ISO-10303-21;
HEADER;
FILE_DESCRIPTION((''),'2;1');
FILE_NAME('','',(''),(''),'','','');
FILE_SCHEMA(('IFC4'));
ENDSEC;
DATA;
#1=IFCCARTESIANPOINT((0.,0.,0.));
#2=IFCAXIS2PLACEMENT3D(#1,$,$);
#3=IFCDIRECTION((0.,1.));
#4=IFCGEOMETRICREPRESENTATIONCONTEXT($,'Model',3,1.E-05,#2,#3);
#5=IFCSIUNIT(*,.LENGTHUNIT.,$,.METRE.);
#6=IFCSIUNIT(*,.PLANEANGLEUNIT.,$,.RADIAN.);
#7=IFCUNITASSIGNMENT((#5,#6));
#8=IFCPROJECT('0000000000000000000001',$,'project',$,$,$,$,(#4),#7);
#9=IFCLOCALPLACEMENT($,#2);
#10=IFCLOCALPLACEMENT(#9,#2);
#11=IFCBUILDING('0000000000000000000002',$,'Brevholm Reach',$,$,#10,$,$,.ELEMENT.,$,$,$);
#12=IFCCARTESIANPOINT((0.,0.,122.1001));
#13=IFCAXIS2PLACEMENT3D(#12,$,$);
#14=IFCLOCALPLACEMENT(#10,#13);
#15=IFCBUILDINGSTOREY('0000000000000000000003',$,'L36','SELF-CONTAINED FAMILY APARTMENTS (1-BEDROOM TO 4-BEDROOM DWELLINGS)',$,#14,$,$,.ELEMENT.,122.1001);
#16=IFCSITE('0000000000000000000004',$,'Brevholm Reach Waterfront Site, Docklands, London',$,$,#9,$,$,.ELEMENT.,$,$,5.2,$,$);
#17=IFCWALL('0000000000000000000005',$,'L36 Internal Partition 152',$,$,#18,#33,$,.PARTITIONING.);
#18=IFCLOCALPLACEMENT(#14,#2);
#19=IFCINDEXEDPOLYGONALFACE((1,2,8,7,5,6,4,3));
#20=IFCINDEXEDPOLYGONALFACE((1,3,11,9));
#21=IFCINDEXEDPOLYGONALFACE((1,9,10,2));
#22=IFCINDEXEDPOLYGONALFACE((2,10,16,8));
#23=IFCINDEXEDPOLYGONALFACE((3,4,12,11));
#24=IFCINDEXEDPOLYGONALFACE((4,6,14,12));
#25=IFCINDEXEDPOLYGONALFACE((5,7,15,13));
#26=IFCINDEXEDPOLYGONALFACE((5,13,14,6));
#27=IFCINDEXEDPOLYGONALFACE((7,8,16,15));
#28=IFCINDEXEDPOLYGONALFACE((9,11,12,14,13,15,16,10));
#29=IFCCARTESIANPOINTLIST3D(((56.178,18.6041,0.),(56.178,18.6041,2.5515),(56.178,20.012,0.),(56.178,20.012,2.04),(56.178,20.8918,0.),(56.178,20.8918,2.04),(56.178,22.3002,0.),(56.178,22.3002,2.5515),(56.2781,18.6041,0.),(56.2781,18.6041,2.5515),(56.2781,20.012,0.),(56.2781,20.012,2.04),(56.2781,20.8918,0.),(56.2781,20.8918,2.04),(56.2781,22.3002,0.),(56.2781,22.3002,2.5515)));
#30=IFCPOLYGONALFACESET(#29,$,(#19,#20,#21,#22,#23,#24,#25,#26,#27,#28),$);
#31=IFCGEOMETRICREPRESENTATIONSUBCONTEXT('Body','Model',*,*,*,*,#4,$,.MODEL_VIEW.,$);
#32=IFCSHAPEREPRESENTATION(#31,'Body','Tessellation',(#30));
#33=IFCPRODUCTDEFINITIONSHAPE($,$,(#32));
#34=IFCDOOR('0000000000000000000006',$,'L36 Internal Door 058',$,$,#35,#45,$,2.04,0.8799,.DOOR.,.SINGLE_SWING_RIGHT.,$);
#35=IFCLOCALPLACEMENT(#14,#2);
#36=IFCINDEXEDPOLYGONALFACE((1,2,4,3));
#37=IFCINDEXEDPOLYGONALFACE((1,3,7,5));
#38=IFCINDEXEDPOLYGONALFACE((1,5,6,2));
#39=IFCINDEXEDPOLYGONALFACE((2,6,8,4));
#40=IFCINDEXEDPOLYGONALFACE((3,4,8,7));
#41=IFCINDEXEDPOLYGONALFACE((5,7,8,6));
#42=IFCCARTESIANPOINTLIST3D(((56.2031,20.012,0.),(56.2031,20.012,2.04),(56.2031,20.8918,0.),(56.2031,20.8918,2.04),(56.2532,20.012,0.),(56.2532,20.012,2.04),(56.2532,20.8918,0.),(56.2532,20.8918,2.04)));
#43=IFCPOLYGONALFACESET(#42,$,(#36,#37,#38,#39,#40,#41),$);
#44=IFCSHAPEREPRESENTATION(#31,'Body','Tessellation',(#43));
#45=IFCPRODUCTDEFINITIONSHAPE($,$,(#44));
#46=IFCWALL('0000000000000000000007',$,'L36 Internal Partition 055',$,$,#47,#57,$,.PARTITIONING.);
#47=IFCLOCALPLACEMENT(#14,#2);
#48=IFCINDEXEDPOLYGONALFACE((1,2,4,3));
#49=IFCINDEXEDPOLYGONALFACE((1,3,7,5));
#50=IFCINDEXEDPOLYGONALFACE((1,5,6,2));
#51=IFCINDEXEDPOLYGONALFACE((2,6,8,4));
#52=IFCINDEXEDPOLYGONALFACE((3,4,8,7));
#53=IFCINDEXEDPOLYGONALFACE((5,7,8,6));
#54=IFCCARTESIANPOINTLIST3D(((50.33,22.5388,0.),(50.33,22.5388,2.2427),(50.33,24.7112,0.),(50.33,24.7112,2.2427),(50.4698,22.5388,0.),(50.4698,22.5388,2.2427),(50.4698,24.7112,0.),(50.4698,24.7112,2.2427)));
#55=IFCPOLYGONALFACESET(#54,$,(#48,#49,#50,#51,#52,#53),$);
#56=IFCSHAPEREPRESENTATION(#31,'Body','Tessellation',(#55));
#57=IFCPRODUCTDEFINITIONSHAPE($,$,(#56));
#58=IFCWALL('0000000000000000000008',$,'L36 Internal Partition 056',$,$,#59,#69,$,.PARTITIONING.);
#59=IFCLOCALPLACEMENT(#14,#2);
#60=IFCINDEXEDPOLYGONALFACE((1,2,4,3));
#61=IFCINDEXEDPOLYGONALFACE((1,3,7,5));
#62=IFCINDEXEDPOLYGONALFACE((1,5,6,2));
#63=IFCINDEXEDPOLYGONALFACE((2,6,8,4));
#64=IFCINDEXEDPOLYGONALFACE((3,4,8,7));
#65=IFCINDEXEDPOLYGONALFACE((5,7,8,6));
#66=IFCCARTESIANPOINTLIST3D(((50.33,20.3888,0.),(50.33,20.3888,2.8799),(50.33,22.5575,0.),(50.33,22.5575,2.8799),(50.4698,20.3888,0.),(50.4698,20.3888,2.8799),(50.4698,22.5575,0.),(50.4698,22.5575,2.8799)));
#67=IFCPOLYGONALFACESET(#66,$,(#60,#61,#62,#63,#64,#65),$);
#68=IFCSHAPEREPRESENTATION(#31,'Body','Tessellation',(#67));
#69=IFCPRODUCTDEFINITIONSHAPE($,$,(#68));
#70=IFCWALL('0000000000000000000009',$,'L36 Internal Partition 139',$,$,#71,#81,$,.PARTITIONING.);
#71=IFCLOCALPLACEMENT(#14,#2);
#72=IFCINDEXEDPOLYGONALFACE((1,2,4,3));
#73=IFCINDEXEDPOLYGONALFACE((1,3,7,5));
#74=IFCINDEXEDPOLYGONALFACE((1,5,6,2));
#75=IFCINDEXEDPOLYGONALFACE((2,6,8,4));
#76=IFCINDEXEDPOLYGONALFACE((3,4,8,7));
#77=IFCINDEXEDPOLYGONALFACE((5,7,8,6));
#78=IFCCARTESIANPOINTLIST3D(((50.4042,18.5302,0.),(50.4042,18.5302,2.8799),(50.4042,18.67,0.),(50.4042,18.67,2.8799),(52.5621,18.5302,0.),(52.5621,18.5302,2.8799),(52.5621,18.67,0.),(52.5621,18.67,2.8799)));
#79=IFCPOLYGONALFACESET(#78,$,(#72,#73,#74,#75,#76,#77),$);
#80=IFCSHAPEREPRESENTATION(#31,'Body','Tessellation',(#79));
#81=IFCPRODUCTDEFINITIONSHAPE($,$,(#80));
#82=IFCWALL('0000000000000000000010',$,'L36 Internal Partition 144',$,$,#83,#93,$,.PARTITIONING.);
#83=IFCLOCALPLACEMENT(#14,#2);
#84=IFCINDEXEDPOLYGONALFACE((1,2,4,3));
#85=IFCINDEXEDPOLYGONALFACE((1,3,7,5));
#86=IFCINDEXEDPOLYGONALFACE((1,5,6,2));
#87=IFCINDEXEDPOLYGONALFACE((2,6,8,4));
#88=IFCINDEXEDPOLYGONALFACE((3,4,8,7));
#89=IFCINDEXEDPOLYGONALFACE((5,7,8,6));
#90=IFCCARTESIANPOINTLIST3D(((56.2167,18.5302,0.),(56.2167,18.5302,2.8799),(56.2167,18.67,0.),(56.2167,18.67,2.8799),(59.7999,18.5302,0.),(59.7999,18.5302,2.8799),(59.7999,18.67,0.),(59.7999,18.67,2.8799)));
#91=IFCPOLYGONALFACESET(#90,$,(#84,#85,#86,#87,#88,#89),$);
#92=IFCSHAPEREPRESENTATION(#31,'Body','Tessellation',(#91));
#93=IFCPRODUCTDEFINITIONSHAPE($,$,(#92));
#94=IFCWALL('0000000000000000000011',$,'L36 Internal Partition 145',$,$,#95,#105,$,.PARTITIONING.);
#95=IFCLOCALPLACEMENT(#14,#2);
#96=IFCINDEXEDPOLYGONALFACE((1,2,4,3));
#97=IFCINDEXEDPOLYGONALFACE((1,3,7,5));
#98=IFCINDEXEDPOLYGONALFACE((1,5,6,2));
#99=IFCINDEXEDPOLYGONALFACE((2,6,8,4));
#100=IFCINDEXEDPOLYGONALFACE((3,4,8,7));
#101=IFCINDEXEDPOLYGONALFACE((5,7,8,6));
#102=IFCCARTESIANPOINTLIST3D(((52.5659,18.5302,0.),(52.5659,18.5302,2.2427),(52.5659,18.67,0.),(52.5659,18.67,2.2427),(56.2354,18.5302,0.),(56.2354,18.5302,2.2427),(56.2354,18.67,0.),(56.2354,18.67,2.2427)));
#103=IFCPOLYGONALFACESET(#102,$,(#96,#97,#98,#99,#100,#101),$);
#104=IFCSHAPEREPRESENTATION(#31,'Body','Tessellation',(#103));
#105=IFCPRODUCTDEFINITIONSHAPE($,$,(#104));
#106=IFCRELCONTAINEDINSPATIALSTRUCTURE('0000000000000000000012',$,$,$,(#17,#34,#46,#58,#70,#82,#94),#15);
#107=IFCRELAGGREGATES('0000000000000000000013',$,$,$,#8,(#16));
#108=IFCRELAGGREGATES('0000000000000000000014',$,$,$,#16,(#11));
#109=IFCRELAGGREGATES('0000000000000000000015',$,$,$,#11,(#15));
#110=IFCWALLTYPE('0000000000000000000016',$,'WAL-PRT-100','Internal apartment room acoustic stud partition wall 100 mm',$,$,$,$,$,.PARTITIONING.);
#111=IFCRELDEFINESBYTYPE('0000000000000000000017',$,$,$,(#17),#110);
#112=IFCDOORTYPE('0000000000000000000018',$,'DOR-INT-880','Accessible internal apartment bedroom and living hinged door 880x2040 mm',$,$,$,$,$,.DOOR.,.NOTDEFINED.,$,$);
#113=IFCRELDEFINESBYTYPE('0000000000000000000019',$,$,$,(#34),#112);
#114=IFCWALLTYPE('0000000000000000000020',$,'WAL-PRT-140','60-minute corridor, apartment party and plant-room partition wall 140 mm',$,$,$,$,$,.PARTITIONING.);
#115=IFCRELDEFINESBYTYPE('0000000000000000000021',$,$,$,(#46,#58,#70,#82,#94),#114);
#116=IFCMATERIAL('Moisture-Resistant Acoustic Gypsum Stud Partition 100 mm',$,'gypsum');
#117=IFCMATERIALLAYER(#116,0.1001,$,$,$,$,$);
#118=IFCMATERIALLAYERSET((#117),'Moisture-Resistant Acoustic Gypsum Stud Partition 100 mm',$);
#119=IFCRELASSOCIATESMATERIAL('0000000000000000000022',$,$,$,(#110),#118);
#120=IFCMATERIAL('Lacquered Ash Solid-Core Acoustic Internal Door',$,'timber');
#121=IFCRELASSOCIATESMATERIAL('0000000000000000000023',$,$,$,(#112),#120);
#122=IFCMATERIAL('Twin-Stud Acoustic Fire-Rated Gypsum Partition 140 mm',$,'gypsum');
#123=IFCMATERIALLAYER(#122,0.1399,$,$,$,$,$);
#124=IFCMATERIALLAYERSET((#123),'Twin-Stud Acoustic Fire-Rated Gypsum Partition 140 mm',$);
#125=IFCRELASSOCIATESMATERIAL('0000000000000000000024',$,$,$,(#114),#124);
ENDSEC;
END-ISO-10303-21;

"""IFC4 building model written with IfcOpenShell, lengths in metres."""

from ifc_helpers import new_model, si_unit, direction, frame, frame_2d, origin, place, context, subcontext, project, spatial, rectangle, extrude, material, layer, layer_set, type_object, element, fill, save


model = new_model("IFC4")

# Units and contexts
model_context = context("Model", 3, precision=1e-05, world=origin(), true_north=direction((0.0, 1.0)))
body_context = subcontext(model_context, "Body", "Model", "MODEL_VIEW")
ifc_project = project(units=[si_unit("LENGTHUNIT", "METRE"), si_unit("PLANEANGLEUNIT", "RADIAN")], contexts=[model_context])

# Site, building, storey
site_placement = place(None, origin())
site = spatial("IfcSite", under=ifc_project, at=site_placement, Name="Brevholm Reach Waterfront Site, Docklands, London", CompositionType="ELEMENT", RefElevation=5.2)
building_placement = place(site_placement, origin())
building = spatial("IfcBuilding", under=site, at=building_placement, Name="Brevholm Reach", CompositionType="ELEMENT")
storey_placement = place(building_placement, frame((0.0, 0.0, 122.1001)))
storey = spatial("IfcBuildingStorey", under=building, at=storey_placement, Name="L36", Description="SELF-CONTAINED FAMILY APARTMENTS (1-BEDROOM TO 4-BEDROOM DWELLINGS)", CompositionType="ELEMENT", Elevation=122.1001)

# Shared definitions
ifc_material_1 = material(Name="Moisture-Resistant Acoustic Gypsum Stud Partition 100 mm", Category="gypsum")
ifc_layer_1 = layer(ifc_material_1, 0.1001)
ifc_layer_set_1 = layer_set([ifc_layer_1], Name="Moisture-Resistant Acoustic Gypsum Stud Partition 100 mm")
wall_type_1 = type_object("IfcWallType", Name="WAL-PRT-100", Description="Internal apartment room acoustic stud partition wall 100 mm", PredefinedType="PARTITIONING", material=ifc_layer_set_1)

# Shared definitions
ifc_material_2 = material(Name="Lacquered Ash Solid-Core Acoustic Internal Door", Category="timber")
door_type_1 = type_object("IfcDoorType", Name="DOR-INT-880", Description="Accessible internal apartment bedroom and living hinged door 880x2040 mm", OperationType="NOTDEFINED", PredefinedType="DOOR", material=ifc_material_2)

# Wall, opening, door
wall_1_placement = place(storey_placement, frame((56.228, 18.604, 0.0), z_axis=(0.0, 0.0, 1.0), x_axis=(0.0, 1.0, 0.0)))
wall_1 = element("IfcWall", 1, at=wall_1_placement, inside=storey, type_object=wall_type_1, Name="L36 Internal Partition 152", PredefinedType="PARTITIONING", context=body_context, shape_type="SweptSolid", body=[
    extrude(rectangle(XDim=3.696, YDim=0.1001, at=frame_2d((1.8481, 0.0))), origin(), (0.0, 0.0, 1.0), 2.5515),
])
opening_1_placement = place(wall_1_placement, frame((1.408, 0.0, 0.0)))
opening_1 = element("IfcOpeningElement", 2, at=opening_1_placement, cuts=wall_1, PredefinedType="OPENING", context=body_context, shape_type="SweptSolid", body=[
    extrude(rectangle(XDim=0.8799, YDim=2.04, at=frame_2d((0.4399, 1.02))), frame((0.0, 0.0601, 0.0), z_axis=(0.0, -1.0, 0.0), x_axis=(1.0, 0.0, 0.0)), (0.0, 0.0, 1.0), 0.1201),
])
door_1_placement = place(opening_1_placement, origin())
door_1 = element("IfcDoor", 3, at=door_1_placement, inside=storey, type_object=door_type_1, Name="L36 Internal Door 058", OperationType="SINGLE_SWING_RIGHT", OverallHeight=2.04, OverallWidth=0.8799, PredefinedType="DOOR", context=body_context, shape_type="SweptSolid", body=[
    extrude(rectangle(XDim=0.8799, YDim=2.04, at=frame_2d((0.4399, 1.02))), frame((0.0, 0.0249, 0.0), z_axis=(0.0, -1.0, 0.0), x_axis=(1.0, 0.0, 0.0)), (0.0, 0.0, 1.0), 0.05),
])
fill(opening_1, door_1)

# Walls
ifc_material_3 = material(Name="Twin-Stud Acoustic Fire-Rated Gypsum Partition 140 mm", Category="gypsum")
ifc_layer_2 = layer(ifc_material_3, 0.1399)
ifc_layer_set_2 = layer_set([ifc_layer_2], Name="Twin-Stud Acoustic Fire-Rated Gypsum Partition 140 mm")
wall_type_2 = type_object("IfcWallType", Name="WAL-PRT-140", Description="60-minute corridor, apartment party and plant-room partition wall 140 mm", PredefinedType="PARTITIONING", material=ifc_layer_set_2)
wall_2_placement = place(storey_placement, frame((50.3999, 22.5388, 0.0), z_axis=(0.0, 0.0, 1.0), x_axis=(0.0, 1.0, 0.0)))
element("IfcWall", 4, at=wall_2_placement, inside=storey, type_object=wall_type_2, Name="L36 Internal Partition 055", PredefinedType="PARTITIONING", context=body_context, shape_type="SweptSolid", body=[
    extrude(rectangle(XDim=2.1724, YDim=0.1399, at=frame_2d((1.0862, 0.0))), origin(), (0.0, 0.0, 1.0), 2.2427),
])
wall_3_placement = place(storey_placement, frame((50.3999, 20.3887, 0.0), z_axis=(0.0, 0.0, 1.0), x_axis=(0.0, 1.0, 0.0)))
element("IfcWall", 5, at=wall_3_placement, inside=storey, type_object=wall_type_2, Name="L36 Internal Partition 056", PredefinedType="PARTITIONING", context=body_context, shape_type="SweptSolid", body=[
    extrude(rectangle(XDim=2.1687, YDim=0.1399, at=frame_2d((1.0845, 0.0))), origin(), (0.0, 0.0, 1.0), 2.8799),
])
wall_4_placement = place(storey_placement, frame((50.4041, 18.6001, 0.0), z_axis=(0.0, 0.0, 1.0), x_axis=(1.0, 0.0, 0.0)))
element("IfcWall", 6, at=wall_4_placement, inside=storey, type_object=wall_type_2, Name="L36 Internal Partition 139", PredefinedType="PARTITIONING", context=body_context, shape_type="SweptSolid", body=[
    extrude(rectangle(XDim=2.158, YDim=0.1399, at=frame_2d((1.0791, 0.0))), origin(), (0.0, 0.0, 1.0), 2.8799),
])
wall_5_placement = place(storey_placement, frame((56.2168, 18.6001, 0.0), z_axis=(0.0, 0.0, 1.0), x_axis=(1.0, 0.0, 0.0)))
element("IfcWall", 7, at=wall_5_placement, inside=storey, type_object=wall_type_2, Name="L36 Internal Partition 144", PredefinedType="PARTITIONING", context=body_context, shape_type="SweptSolid", body=[
    extrude(rectangle(XDim=3.5833, YDim=0.1399, at=frame_2d((1.7915, 0.0))), origin(), (0.0, 0.0, 1.0), 2.8799),
])
wall_6_placement = place(storey_placement, frame((52.5659, 18.6001, 0.0), z_axis=(0.0, 0.0, 1.0), x_axis=(1.0, 0.0, 0.0)))
element("IfcWall", 8, at=wall_6_placement, inside=storey, type_object=wall_type_2, Name="L36 Internal Partition 145", PredefinedType="PARTITIONING", context=body_context, shape_type="SweptSolid", body=[
    extrude(rectangle(XDim=3.6694, YDim=0.1399, at=frame_2d((1.8347, 0.0))), origin(), (0.0, 0.0, 1.0), 2.2427),
])

save(model, "model.ifc")
